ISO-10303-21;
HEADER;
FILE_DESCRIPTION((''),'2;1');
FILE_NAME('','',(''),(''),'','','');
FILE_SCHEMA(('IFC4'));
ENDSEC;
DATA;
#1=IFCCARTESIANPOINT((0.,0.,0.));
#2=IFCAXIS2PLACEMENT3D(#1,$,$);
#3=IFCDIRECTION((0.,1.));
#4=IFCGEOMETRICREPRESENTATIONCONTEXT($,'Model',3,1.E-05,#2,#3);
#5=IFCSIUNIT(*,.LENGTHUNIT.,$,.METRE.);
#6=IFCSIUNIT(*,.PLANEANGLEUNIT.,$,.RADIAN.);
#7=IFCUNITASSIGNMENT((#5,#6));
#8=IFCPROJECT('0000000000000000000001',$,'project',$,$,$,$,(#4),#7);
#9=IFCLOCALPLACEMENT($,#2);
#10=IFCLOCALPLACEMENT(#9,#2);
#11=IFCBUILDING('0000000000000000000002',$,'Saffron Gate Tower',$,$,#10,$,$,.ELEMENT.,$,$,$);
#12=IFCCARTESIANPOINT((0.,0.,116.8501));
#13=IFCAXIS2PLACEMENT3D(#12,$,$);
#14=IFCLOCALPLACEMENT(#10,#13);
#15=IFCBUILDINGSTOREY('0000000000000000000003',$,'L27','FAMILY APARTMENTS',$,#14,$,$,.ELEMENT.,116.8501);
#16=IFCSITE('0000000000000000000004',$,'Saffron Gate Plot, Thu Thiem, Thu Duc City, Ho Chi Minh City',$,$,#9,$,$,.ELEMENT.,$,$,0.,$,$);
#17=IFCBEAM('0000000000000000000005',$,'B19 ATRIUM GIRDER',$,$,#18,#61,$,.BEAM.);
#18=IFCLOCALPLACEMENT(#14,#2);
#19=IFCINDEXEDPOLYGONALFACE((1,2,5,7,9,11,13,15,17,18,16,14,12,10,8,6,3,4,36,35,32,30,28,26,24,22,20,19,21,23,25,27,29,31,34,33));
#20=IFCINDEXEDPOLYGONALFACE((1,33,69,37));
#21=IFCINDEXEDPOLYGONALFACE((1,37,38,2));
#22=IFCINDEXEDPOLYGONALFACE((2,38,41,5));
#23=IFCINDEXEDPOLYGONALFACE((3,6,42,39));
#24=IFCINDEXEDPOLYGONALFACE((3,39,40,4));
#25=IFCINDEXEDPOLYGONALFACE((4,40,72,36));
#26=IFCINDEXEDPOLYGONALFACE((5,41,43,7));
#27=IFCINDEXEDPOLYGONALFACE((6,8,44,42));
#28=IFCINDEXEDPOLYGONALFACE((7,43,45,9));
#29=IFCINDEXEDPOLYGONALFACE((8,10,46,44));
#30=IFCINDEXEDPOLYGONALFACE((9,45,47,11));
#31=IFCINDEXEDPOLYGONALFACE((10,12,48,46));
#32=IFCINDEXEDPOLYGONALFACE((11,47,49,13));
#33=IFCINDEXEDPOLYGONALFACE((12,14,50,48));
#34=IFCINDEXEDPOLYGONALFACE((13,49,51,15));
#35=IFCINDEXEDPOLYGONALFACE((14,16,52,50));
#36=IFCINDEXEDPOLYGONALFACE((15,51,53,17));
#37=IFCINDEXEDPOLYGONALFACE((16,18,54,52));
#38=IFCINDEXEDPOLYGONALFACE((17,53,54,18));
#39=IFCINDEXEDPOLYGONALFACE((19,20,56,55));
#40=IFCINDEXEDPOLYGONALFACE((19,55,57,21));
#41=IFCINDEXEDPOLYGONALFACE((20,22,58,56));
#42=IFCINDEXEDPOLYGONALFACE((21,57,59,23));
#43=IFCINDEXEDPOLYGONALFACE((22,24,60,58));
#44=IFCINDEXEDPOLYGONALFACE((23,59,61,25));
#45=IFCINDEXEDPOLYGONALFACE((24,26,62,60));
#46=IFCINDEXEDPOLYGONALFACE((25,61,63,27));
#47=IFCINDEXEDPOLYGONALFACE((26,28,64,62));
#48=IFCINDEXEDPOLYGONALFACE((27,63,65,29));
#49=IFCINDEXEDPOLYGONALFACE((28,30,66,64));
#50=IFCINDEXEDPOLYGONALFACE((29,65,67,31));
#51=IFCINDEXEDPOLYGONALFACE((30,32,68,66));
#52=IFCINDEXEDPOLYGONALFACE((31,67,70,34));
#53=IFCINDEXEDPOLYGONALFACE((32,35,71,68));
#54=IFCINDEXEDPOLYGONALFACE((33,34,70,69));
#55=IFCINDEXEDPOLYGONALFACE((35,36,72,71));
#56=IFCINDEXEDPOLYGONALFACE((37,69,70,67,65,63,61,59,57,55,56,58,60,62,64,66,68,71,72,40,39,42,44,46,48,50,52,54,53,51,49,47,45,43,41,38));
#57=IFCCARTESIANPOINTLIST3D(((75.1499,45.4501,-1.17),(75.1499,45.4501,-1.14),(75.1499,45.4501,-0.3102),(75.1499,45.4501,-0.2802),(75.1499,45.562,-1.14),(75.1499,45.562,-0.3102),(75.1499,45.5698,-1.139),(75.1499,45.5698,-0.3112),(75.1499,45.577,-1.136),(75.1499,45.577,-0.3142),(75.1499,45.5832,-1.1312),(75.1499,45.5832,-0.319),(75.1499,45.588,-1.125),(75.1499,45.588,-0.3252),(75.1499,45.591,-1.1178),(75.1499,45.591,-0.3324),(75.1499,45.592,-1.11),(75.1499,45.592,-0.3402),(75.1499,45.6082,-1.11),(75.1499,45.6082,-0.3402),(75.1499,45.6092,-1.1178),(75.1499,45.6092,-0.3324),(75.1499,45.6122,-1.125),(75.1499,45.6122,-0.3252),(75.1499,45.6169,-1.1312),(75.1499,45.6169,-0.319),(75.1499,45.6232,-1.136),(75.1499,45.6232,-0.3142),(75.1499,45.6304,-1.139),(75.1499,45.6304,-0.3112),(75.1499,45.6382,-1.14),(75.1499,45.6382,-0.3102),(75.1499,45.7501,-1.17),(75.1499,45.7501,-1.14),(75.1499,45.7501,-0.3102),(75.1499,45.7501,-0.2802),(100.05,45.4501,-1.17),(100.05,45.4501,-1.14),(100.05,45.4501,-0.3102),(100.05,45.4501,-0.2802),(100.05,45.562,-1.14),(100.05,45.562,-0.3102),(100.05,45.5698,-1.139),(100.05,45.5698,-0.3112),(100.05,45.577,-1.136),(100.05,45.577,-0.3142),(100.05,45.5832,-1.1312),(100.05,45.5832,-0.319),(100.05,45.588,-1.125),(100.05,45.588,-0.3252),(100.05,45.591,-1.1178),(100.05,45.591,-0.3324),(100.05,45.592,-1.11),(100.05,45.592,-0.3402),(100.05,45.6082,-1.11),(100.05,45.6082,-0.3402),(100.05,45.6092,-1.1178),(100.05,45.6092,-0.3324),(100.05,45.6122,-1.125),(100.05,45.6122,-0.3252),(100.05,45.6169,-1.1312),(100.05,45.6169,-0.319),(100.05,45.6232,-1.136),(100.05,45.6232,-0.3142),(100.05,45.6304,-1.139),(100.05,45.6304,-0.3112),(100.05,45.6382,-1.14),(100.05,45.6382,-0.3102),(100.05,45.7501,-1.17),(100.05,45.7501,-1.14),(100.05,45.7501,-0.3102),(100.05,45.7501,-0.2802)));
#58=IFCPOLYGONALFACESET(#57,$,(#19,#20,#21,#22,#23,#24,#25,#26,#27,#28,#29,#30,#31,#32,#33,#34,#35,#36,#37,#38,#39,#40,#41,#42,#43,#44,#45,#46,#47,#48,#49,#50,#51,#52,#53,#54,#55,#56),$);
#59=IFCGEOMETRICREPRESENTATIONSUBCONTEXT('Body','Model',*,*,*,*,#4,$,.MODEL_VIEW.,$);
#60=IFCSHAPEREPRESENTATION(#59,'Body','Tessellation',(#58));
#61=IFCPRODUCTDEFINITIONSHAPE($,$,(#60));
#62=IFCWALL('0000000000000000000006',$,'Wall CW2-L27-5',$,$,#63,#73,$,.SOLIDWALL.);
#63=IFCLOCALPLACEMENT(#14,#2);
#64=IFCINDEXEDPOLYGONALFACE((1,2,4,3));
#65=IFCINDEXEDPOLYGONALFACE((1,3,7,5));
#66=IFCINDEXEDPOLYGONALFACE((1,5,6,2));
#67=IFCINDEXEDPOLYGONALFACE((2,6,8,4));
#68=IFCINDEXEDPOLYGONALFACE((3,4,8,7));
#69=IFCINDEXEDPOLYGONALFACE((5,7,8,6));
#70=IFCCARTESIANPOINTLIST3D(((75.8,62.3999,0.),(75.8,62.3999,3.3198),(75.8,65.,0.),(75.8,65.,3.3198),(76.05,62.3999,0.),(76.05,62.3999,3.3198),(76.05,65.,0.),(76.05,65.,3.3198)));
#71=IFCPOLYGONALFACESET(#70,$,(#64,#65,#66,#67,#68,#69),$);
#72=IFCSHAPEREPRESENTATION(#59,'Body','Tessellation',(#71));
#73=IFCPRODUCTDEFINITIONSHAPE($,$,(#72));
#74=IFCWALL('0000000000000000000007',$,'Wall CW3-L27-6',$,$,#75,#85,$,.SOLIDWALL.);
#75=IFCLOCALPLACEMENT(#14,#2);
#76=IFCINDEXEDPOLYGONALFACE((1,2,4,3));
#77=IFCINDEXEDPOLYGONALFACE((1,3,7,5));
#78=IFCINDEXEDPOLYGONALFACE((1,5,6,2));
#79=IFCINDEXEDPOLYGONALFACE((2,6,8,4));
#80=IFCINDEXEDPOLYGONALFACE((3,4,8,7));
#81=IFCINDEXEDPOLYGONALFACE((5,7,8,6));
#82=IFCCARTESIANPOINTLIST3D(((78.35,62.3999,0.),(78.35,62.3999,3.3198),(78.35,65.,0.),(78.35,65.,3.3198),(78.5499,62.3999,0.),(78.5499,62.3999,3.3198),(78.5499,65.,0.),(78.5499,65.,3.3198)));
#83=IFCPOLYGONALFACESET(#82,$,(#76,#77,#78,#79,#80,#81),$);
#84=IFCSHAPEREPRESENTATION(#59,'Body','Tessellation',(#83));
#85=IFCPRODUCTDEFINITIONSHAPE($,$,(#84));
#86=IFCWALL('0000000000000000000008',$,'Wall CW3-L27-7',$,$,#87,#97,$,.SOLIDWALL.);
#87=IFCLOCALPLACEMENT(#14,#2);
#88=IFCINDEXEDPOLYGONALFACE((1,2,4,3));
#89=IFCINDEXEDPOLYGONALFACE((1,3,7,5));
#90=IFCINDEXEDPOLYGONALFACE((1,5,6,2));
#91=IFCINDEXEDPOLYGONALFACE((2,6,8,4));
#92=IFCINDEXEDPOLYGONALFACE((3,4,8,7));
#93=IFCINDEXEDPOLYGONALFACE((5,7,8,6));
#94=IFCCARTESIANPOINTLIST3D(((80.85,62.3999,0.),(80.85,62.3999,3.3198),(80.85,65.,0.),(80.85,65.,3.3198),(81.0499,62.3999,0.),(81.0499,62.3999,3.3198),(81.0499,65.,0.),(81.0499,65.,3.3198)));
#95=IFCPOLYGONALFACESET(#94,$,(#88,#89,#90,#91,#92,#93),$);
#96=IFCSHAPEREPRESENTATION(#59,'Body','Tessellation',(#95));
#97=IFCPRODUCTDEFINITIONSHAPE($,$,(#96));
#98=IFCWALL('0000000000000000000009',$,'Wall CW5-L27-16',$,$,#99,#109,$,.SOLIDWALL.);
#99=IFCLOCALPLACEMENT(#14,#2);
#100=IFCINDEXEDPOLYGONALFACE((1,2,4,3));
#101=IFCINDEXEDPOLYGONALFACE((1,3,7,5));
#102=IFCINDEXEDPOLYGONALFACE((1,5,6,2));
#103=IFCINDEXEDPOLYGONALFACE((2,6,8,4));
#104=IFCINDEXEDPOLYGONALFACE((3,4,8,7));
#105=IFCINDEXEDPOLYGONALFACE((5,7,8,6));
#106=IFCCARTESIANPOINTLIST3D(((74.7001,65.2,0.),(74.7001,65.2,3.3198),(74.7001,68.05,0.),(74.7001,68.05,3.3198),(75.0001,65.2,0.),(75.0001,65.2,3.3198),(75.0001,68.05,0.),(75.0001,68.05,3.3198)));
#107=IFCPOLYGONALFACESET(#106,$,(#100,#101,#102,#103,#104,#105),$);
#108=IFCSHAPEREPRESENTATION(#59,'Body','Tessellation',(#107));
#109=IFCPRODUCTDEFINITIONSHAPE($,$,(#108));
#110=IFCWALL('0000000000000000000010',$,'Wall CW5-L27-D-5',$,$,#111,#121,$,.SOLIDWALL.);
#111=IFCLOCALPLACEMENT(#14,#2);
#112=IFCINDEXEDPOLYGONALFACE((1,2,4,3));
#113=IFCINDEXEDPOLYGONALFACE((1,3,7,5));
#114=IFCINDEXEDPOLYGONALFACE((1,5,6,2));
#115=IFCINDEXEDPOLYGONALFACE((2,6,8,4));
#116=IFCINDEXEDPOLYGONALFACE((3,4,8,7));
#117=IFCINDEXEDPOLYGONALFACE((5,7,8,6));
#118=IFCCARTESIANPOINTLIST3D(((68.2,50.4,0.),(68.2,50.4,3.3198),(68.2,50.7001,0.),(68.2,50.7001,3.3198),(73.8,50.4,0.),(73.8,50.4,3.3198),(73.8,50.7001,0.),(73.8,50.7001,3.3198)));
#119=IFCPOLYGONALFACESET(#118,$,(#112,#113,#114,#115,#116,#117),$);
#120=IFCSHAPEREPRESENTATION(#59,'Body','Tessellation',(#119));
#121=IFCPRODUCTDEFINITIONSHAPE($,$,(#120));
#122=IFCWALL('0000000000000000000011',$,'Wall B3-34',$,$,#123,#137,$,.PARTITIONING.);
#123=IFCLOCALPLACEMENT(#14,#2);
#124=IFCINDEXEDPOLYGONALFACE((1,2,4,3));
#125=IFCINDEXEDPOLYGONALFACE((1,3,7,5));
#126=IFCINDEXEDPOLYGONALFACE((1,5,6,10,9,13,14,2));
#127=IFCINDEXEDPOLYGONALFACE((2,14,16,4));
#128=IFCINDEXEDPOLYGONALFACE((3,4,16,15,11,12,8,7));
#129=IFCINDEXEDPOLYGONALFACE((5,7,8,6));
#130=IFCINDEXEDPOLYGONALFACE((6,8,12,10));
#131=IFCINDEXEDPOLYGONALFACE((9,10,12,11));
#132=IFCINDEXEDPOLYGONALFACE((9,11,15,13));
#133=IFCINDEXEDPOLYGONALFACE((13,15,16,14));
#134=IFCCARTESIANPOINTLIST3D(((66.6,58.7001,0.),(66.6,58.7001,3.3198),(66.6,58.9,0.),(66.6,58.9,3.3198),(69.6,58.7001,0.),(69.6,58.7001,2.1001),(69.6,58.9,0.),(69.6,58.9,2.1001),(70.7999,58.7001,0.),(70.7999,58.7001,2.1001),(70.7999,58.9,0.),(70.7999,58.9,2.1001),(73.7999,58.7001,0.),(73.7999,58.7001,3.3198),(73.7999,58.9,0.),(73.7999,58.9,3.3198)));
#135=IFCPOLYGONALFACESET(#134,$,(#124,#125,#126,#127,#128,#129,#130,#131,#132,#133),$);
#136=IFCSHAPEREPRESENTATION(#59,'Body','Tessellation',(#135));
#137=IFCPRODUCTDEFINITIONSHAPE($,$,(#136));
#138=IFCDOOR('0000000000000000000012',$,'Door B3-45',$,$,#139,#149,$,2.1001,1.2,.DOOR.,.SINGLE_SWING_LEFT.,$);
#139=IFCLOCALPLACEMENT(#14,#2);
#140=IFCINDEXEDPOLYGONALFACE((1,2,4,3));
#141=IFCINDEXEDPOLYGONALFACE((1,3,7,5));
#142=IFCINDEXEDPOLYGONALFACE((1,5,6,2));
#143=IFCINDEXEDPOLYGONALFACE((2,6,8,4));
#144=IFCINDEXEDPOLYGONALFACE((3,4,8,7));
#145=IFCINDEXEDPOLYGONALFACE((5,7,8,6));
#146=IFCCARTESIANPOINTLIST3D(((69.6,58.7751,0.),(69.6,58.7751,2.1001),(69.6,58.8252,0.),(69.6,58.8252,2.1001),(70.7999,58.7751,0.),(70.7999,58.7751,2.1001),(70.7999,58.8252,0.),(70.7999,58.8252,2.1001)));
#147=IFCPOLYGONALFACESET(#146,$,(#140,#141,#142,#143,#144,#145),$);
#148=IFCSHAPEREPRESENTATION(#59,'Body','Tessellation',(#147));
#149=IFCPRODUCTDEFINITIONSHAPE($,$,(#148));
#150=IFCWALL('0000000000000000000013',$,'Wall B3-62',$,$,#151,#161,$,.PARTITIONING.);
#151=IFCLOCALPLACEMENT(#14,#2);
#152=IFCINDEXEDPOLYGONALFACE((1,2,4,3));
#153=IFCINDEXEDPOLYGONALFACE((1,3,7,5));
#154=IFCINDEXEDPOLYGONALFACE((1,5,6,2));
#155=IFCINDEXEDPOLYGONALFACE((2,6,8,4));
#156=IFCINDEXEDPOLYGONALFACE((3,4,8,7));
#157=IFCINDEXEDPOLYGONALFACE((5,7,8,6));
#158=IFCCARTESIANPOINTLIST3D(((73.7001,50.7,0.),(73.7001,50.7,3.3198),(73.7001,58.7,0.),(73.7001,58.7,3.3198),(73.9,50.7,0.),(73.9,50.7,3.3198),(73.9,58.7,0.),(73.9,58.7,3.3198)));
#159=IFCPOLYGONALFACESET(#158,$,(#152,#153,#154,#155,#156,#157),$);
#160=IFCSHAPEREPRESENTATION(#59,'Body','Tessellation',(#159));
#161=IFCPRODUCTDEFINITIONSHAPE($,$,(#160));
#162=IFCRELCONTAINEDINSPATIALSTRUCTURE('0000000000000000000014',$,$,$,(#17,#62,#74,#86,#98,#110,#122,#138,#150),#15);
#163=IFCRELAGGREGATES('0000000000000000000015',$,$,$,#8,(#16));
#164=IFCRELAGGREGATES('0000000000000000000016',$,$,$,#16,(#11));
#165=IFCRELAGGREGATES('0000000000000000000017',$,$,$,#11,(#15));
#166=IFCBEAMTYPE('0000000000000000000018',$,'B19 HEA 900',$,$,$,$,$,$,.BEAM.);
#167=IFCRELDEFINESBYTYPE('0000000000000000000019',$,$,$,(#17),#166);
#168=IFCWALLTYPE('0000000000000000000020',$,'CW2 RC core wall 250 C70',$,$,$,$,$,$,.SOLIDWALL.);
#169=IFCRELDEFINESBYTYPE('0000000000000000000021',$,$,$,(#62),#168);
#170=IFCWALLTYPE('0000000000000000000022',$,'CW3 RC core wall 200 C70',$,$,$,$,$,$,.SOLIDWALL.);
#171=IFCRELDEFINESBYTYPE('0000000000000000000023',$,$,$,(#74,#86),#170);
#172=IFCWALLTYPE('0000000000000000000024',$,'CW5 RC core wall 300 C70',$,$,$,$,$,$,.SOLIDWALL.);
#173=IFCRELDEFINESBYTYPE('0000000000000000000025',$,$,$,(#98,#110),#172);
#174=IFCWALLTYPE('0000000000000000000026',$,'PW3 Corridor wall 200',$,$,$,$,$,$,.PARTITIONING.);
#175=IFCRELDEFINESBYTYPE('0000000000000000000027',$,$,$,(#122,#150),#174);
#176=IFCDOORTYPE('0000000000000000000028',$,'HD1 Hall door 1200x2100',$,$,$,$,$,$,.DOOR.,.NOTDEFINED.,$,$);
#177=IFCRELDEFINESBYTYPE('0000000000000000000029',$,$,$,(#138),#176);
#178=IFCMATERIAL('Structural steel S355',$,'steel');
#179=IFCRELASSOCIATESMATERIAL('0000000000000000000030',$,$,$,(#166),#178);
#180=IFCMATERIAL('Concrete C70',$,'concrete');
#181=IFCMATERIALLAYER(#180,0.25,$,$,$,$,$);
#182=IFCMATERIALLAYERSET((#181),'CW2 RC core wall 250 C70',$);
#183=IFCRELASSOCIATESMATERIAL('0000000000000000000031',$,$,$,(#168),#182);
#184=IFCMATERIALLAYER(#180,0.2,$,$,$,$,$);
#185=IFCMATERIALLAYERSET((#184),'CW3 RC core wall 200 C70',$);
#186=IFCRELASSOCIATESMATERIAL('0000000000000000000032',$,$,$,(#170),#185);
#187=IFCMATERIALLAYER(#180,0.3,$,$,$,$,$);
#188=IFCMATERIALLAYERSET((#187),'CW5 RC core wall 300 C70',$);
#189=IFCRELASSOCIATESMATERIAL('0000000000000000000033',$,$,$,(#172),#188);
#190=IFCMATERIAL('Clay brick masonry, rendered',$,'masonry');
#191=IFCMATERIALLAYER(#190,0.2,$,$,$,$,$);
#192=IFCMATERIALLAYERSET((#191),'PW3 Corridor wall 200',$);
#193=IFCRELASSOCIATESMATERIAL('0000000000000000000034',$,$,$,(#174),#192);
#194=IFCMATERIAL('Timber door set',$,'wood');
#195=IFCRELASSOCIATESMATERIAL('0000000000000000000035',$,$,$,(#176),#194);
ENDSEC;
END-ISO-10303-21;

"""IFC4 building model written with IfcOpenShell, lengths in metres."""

from ifc_helpers import new_model, si_unit, direction, frame, frame_2d, origin, origin_2d, place, context, subcontext, project, spatial, rectangle, i_section, extrude, material, layer, layer_set, material_profile, profile_set, type_object, element, fill, save


model = new_model("IFC4")

# Units and contexts
model_context = context("Model", 3, precision=1e-05, world=origin(), true_north=direction((0.0, 1.0)))
body_context = subcontext(model_context, "Body", "Model", "MODEL_VIEW")
ifc_project = project(units=[si_unit("LENGTHUNIT", "METRE"), si_unit("PLANEANGLEUNIT", "RADIAN")], contexts=[model_context])

# Site, building, storey
site_placement = place(None, origin())
site = spatial("IfcSite", under=ifc_project, at=site_placement, Name="Saffron Gate Plot, Thu Thiem, Thu Duc City, Ho Chi Minh City", CompositionType="ELEMENT", RefElevation=0.0)
building_placement = place(site_placement, origin())
building = spatial("IfcBuilding", under=site, at=building_placement, Name="Saffron Gate Tower", CompositionType="ELEMENT")
storey_placement = place(building_placement, frame((0.0, 0.0, 116.8501)))
storey = spatial("IfcBuildingStorey", under=building, at=storey_placement, Name="L27", Description="FAMILY APARTMENTS", CompositionType="ELEMENT", Elevation=116.8501)

# Beam
ifc_material_1 = material(Name="Structural steel S355", Category="steel")
ifc_material_profile = material_profile(ifc_material_1, i_section(OverallWidth=0.3, OverallDepth=0.8899, WebThickness=0.0161, FlangeThickness=0.03, FilletRadius=0.03, at=origin_2d()))
ifc_profile_set = profile_set([ifc_material_profile], Name="Structural steel S355")
beam_type = type_object("IfcBeamType", Name="B19 HEA 900", PredefinedType="BEAM", material=ifc_profile_set)
beam_placement = place(storey_placement, frame((75.1499, 45.6001, -0.7251), z_axis=(1.0, 0.0, 0.0), x_axis=(0.0, 1.0, 0.0)))
element("IfcBeam", 1, at=beam_placement, inside=storey, type_object=beam_type, Name="B19 ATRIUM GIRDER", PredefinedType="BEAM", context=body_context, shape_type="SweptSolid", body=[
    extrude(i_section(OverallWidth=0.3, OverallDepth=0.8899, WebThickness=0.0161, FlangeThickness=0.03, FilletRadius=0.03, at=origin_2d()), origin(), (0.0, 0.0, 1.0), 24.9001),
])

# Walls
ifc_material_2 = material(Name="Concrete C70", Category="concrete")
ifc_layer_1 = layer(ifc_material_2, 0.25)
ifc_layer_set_1 = layer_set([ifc_layer_1], Name="CW2 RC core wall 250 C70")
wall_type_1 = type_object("IfcWallType", Name="CW2 RC core wall 250 C70", PredefinedType="SOLIDWALL", material=ifc_layer_set_1)
wall_1_placement = place(storey_placement, frame((75.925, 62.3999, 0.0), z_axis=(0.0, 0.0, 1.0), x_axis=(0.0, 1.0, 0.0)))
element("IfcWall", 2, at=wall_1_placement, inside=storey, type_object=wall_type_1, Name="Wall CW2-L27-5", PredefinedType="SOLIDWALL", context=body_context, shape_type="SweptSolid", body=[
    extrude(rectangle(XDim=2.6001, YDim=0.25, at=frame_2d((1.3, 0.0))), origin(), (0.0, 0.0, 1.0), 3.3198),
])
ifc_layer_2 = layer(ifc_material_2, 0.2)
ifc_layer_set_2 = layer_set([ifc_layer_2], Name="CW3 RC core wall 200 C70")
wall_type_2 = type_object("IfcWallType", Name="CW3 RC core wall 200 C70", PredefinedType="SOLIDWALL", material=ifc_layer_set_2)
for number, where, z_axis, x_axis, name in (
    (3, (78.45, 62.3999, 0.0), (0.0, 0.0, 1.0), (0.0, 1.0, 0.0), "Wall CW3-L27-6"),
    (4, (80.95, 62.3999, 0.0), (0.0, 0.0, 1.0), (0.0, 1.0, 0.0), "Wall CW3-L27-7"),
):
    element("IfcWall", number, at=place(storey_placement, frame(where, z_axis=z_axis, x_axis=x_axis)), inside=storey, type_object=wall_type_2, Name=name, PredefinedType="SOLIDWALL", context=body_context, shape_type="SweptSolid", body=[
        extrude(rectangle(XDim=2.6001, YDim=0.2, at=frame_2d((1.3, 0.0))), origin(), (0.0, 0.0, 1.0), 3.3198),
    ])
ifc_layer_3 = layer(ifc_material_2, 0.3)
ifc_layer_set_3 = layer_set([ifc_layer_3], Name="CW5 RC core wall 300 C70")
wall_type_3 = type_object("IfcWallType", Name="CW5 RC core wall 300 C70", PredefinedType="SOLIDWALL", material=ifc_layer_set_3)
wall_2_placement = place(storey_placement, frame((74.8501, 65.2, 0.0), z_axis=(0.0, 0.0, 1.0), x_axis=(0.0, 1.0, 0.0)))
element("IfcWall", 5, at=wall_2_placement, inside=storey, type_object=wall_type_3, Name="Wall CW5-L27-16", PredefinedType="SOLIDWALL", context=body_context, shape_type="SweptSolid", body=[
    extrude(rectangle(XDim=2.8501, YDim=0.3, at=frame_2d((1.425, 0.0))), origin(), (0.0, 0.0, 1.0), 3.3198),
])
wall_3_placement = place(storey_placement, frame((68.2, 50.55, 0.0), z_axis=(0.0, 0.0, 1.0), x_axis=(1.0, 0.0, 0.0)))
element("IfcWall", 6, at=wall_3_placement, inside=storey, type_object=wall_type_3, Name="Wall CW5-L27-D-5", PredefinedType="SOLIDWALL", context=body_context, shape_type="SweptSolid", body=[
    extrude(rectangle(XDim=5.6001, YDim=0.3, at=frame_2d((2.8, 0.0))), origin(), (0.0, 0.0, 1.0), 3.3198),
])

# Wall, opening, door
ifc_material_3 = material(Name="Clay brick masonry, rendered", Category="masonry")
ifc_layer_4 = layer(ifc_material_3, 0.2)
ifc_layer_set_4 = layer_set([ifc_layer_4], Name="PW3 Corridor wall 200")
wall_type_4 = type_object("IfcWallType", Name="PW3 Corridor wall 200", PredefinedType="PARTITIONING", material=ifc_layer_set_4)
wall_4_placement = place(storey_placement, frame((73.8, 58.8, 0.0), z_axis=(0.0, 0.0, 1.0), x_axis=(-1.0, 0.0, 0.0)))
wall_4 = element("IfcWall", 7, at=wall_4_placement, inside=storey, type_object=wall_type_4, Name="Wall B3-34", PredefinedType="PARTITIONING", context=body_context, shape_type="SweptSolid", body=[
    extrude(rectangle(XDim=7.2, YDim=0.2, at=frame_2d((3.6001, 0.0))), origin(), (0.0, 0.0, 1.0), 3.3198),
])
opening_placement = place(wall_4_placement, frame((3.0, 0.0, 0.0)))
opening = element("IfcOpeningElement", 8, at=opening_placement, cuts=wall_4, PredefinedType="OPENING", context=body_context, shape_type="SweptSolid", body=[
    extrude(rectangle(XDim=1.2, YDim=2.1001, at=frame_2d((0.6001, 1.05))), frame((0.0, 0.1099, 0.0), z_axis=(0.0, -1.0, 0.0), x_axis=(1.0, 0.0, 0.0)), (0.0, 0.0, 1.0), 0.22),
])
ifc_material_4 = material(Name="Timber door set", Category="wood")
door_type = type_object("IfcDoorType", Name="HD1 Hall door 1200x2100", OperationType="NOTDEFINED", PredefinedType="DOOR", material=ifc_material_4)
door_placement = place(opening_placement, origin())
door = element("IfcDoor", 9, at=door_placement, inside=storey, type_object=door_type, Name="Door B3-45", OperationType="SINGLE_SWING_LEFT", OverallHeight=2.1001, OverallWidth=1.2, PredefinedType="DOOR", context=body_context, shape_type="SweptSolid", body=[
    extrude(rectangle(XDim=1.2, YDim=2.1001, at=frame_2d((0.6001, 1.05))), frame((0.0, 0.0249, 0.0), z_axis=(0.0, -1.0, 0.0), x_axis=(1.0, 0.0, 0.0)), (0.0, 0.0, 1.0), 0.05),
])
fill(opening, door)

# Wall
wall_5_placement = place(storey_placement, frame((73.8, 58.7, 0.0), z_axis=(0.0, 0.0, 1.0), x_axis=(0.0, -1.0, 0.0)))
element("IfcWall", 10, at=wall_5_placement, inside=storey, type_object=wall_type_4, Name="Wall B3-62", PredefinedType="PARTITIONING", context=body_context, shape_type="SweptSolid", body=[
    extrude(rectangle(XDim=8.0, YDim=0.2, at=frame_2d((4.0, 0.0))), origin(), (0.0, 0.0, 1.0), 3.3198),
])

save(model, "model.ifc")
